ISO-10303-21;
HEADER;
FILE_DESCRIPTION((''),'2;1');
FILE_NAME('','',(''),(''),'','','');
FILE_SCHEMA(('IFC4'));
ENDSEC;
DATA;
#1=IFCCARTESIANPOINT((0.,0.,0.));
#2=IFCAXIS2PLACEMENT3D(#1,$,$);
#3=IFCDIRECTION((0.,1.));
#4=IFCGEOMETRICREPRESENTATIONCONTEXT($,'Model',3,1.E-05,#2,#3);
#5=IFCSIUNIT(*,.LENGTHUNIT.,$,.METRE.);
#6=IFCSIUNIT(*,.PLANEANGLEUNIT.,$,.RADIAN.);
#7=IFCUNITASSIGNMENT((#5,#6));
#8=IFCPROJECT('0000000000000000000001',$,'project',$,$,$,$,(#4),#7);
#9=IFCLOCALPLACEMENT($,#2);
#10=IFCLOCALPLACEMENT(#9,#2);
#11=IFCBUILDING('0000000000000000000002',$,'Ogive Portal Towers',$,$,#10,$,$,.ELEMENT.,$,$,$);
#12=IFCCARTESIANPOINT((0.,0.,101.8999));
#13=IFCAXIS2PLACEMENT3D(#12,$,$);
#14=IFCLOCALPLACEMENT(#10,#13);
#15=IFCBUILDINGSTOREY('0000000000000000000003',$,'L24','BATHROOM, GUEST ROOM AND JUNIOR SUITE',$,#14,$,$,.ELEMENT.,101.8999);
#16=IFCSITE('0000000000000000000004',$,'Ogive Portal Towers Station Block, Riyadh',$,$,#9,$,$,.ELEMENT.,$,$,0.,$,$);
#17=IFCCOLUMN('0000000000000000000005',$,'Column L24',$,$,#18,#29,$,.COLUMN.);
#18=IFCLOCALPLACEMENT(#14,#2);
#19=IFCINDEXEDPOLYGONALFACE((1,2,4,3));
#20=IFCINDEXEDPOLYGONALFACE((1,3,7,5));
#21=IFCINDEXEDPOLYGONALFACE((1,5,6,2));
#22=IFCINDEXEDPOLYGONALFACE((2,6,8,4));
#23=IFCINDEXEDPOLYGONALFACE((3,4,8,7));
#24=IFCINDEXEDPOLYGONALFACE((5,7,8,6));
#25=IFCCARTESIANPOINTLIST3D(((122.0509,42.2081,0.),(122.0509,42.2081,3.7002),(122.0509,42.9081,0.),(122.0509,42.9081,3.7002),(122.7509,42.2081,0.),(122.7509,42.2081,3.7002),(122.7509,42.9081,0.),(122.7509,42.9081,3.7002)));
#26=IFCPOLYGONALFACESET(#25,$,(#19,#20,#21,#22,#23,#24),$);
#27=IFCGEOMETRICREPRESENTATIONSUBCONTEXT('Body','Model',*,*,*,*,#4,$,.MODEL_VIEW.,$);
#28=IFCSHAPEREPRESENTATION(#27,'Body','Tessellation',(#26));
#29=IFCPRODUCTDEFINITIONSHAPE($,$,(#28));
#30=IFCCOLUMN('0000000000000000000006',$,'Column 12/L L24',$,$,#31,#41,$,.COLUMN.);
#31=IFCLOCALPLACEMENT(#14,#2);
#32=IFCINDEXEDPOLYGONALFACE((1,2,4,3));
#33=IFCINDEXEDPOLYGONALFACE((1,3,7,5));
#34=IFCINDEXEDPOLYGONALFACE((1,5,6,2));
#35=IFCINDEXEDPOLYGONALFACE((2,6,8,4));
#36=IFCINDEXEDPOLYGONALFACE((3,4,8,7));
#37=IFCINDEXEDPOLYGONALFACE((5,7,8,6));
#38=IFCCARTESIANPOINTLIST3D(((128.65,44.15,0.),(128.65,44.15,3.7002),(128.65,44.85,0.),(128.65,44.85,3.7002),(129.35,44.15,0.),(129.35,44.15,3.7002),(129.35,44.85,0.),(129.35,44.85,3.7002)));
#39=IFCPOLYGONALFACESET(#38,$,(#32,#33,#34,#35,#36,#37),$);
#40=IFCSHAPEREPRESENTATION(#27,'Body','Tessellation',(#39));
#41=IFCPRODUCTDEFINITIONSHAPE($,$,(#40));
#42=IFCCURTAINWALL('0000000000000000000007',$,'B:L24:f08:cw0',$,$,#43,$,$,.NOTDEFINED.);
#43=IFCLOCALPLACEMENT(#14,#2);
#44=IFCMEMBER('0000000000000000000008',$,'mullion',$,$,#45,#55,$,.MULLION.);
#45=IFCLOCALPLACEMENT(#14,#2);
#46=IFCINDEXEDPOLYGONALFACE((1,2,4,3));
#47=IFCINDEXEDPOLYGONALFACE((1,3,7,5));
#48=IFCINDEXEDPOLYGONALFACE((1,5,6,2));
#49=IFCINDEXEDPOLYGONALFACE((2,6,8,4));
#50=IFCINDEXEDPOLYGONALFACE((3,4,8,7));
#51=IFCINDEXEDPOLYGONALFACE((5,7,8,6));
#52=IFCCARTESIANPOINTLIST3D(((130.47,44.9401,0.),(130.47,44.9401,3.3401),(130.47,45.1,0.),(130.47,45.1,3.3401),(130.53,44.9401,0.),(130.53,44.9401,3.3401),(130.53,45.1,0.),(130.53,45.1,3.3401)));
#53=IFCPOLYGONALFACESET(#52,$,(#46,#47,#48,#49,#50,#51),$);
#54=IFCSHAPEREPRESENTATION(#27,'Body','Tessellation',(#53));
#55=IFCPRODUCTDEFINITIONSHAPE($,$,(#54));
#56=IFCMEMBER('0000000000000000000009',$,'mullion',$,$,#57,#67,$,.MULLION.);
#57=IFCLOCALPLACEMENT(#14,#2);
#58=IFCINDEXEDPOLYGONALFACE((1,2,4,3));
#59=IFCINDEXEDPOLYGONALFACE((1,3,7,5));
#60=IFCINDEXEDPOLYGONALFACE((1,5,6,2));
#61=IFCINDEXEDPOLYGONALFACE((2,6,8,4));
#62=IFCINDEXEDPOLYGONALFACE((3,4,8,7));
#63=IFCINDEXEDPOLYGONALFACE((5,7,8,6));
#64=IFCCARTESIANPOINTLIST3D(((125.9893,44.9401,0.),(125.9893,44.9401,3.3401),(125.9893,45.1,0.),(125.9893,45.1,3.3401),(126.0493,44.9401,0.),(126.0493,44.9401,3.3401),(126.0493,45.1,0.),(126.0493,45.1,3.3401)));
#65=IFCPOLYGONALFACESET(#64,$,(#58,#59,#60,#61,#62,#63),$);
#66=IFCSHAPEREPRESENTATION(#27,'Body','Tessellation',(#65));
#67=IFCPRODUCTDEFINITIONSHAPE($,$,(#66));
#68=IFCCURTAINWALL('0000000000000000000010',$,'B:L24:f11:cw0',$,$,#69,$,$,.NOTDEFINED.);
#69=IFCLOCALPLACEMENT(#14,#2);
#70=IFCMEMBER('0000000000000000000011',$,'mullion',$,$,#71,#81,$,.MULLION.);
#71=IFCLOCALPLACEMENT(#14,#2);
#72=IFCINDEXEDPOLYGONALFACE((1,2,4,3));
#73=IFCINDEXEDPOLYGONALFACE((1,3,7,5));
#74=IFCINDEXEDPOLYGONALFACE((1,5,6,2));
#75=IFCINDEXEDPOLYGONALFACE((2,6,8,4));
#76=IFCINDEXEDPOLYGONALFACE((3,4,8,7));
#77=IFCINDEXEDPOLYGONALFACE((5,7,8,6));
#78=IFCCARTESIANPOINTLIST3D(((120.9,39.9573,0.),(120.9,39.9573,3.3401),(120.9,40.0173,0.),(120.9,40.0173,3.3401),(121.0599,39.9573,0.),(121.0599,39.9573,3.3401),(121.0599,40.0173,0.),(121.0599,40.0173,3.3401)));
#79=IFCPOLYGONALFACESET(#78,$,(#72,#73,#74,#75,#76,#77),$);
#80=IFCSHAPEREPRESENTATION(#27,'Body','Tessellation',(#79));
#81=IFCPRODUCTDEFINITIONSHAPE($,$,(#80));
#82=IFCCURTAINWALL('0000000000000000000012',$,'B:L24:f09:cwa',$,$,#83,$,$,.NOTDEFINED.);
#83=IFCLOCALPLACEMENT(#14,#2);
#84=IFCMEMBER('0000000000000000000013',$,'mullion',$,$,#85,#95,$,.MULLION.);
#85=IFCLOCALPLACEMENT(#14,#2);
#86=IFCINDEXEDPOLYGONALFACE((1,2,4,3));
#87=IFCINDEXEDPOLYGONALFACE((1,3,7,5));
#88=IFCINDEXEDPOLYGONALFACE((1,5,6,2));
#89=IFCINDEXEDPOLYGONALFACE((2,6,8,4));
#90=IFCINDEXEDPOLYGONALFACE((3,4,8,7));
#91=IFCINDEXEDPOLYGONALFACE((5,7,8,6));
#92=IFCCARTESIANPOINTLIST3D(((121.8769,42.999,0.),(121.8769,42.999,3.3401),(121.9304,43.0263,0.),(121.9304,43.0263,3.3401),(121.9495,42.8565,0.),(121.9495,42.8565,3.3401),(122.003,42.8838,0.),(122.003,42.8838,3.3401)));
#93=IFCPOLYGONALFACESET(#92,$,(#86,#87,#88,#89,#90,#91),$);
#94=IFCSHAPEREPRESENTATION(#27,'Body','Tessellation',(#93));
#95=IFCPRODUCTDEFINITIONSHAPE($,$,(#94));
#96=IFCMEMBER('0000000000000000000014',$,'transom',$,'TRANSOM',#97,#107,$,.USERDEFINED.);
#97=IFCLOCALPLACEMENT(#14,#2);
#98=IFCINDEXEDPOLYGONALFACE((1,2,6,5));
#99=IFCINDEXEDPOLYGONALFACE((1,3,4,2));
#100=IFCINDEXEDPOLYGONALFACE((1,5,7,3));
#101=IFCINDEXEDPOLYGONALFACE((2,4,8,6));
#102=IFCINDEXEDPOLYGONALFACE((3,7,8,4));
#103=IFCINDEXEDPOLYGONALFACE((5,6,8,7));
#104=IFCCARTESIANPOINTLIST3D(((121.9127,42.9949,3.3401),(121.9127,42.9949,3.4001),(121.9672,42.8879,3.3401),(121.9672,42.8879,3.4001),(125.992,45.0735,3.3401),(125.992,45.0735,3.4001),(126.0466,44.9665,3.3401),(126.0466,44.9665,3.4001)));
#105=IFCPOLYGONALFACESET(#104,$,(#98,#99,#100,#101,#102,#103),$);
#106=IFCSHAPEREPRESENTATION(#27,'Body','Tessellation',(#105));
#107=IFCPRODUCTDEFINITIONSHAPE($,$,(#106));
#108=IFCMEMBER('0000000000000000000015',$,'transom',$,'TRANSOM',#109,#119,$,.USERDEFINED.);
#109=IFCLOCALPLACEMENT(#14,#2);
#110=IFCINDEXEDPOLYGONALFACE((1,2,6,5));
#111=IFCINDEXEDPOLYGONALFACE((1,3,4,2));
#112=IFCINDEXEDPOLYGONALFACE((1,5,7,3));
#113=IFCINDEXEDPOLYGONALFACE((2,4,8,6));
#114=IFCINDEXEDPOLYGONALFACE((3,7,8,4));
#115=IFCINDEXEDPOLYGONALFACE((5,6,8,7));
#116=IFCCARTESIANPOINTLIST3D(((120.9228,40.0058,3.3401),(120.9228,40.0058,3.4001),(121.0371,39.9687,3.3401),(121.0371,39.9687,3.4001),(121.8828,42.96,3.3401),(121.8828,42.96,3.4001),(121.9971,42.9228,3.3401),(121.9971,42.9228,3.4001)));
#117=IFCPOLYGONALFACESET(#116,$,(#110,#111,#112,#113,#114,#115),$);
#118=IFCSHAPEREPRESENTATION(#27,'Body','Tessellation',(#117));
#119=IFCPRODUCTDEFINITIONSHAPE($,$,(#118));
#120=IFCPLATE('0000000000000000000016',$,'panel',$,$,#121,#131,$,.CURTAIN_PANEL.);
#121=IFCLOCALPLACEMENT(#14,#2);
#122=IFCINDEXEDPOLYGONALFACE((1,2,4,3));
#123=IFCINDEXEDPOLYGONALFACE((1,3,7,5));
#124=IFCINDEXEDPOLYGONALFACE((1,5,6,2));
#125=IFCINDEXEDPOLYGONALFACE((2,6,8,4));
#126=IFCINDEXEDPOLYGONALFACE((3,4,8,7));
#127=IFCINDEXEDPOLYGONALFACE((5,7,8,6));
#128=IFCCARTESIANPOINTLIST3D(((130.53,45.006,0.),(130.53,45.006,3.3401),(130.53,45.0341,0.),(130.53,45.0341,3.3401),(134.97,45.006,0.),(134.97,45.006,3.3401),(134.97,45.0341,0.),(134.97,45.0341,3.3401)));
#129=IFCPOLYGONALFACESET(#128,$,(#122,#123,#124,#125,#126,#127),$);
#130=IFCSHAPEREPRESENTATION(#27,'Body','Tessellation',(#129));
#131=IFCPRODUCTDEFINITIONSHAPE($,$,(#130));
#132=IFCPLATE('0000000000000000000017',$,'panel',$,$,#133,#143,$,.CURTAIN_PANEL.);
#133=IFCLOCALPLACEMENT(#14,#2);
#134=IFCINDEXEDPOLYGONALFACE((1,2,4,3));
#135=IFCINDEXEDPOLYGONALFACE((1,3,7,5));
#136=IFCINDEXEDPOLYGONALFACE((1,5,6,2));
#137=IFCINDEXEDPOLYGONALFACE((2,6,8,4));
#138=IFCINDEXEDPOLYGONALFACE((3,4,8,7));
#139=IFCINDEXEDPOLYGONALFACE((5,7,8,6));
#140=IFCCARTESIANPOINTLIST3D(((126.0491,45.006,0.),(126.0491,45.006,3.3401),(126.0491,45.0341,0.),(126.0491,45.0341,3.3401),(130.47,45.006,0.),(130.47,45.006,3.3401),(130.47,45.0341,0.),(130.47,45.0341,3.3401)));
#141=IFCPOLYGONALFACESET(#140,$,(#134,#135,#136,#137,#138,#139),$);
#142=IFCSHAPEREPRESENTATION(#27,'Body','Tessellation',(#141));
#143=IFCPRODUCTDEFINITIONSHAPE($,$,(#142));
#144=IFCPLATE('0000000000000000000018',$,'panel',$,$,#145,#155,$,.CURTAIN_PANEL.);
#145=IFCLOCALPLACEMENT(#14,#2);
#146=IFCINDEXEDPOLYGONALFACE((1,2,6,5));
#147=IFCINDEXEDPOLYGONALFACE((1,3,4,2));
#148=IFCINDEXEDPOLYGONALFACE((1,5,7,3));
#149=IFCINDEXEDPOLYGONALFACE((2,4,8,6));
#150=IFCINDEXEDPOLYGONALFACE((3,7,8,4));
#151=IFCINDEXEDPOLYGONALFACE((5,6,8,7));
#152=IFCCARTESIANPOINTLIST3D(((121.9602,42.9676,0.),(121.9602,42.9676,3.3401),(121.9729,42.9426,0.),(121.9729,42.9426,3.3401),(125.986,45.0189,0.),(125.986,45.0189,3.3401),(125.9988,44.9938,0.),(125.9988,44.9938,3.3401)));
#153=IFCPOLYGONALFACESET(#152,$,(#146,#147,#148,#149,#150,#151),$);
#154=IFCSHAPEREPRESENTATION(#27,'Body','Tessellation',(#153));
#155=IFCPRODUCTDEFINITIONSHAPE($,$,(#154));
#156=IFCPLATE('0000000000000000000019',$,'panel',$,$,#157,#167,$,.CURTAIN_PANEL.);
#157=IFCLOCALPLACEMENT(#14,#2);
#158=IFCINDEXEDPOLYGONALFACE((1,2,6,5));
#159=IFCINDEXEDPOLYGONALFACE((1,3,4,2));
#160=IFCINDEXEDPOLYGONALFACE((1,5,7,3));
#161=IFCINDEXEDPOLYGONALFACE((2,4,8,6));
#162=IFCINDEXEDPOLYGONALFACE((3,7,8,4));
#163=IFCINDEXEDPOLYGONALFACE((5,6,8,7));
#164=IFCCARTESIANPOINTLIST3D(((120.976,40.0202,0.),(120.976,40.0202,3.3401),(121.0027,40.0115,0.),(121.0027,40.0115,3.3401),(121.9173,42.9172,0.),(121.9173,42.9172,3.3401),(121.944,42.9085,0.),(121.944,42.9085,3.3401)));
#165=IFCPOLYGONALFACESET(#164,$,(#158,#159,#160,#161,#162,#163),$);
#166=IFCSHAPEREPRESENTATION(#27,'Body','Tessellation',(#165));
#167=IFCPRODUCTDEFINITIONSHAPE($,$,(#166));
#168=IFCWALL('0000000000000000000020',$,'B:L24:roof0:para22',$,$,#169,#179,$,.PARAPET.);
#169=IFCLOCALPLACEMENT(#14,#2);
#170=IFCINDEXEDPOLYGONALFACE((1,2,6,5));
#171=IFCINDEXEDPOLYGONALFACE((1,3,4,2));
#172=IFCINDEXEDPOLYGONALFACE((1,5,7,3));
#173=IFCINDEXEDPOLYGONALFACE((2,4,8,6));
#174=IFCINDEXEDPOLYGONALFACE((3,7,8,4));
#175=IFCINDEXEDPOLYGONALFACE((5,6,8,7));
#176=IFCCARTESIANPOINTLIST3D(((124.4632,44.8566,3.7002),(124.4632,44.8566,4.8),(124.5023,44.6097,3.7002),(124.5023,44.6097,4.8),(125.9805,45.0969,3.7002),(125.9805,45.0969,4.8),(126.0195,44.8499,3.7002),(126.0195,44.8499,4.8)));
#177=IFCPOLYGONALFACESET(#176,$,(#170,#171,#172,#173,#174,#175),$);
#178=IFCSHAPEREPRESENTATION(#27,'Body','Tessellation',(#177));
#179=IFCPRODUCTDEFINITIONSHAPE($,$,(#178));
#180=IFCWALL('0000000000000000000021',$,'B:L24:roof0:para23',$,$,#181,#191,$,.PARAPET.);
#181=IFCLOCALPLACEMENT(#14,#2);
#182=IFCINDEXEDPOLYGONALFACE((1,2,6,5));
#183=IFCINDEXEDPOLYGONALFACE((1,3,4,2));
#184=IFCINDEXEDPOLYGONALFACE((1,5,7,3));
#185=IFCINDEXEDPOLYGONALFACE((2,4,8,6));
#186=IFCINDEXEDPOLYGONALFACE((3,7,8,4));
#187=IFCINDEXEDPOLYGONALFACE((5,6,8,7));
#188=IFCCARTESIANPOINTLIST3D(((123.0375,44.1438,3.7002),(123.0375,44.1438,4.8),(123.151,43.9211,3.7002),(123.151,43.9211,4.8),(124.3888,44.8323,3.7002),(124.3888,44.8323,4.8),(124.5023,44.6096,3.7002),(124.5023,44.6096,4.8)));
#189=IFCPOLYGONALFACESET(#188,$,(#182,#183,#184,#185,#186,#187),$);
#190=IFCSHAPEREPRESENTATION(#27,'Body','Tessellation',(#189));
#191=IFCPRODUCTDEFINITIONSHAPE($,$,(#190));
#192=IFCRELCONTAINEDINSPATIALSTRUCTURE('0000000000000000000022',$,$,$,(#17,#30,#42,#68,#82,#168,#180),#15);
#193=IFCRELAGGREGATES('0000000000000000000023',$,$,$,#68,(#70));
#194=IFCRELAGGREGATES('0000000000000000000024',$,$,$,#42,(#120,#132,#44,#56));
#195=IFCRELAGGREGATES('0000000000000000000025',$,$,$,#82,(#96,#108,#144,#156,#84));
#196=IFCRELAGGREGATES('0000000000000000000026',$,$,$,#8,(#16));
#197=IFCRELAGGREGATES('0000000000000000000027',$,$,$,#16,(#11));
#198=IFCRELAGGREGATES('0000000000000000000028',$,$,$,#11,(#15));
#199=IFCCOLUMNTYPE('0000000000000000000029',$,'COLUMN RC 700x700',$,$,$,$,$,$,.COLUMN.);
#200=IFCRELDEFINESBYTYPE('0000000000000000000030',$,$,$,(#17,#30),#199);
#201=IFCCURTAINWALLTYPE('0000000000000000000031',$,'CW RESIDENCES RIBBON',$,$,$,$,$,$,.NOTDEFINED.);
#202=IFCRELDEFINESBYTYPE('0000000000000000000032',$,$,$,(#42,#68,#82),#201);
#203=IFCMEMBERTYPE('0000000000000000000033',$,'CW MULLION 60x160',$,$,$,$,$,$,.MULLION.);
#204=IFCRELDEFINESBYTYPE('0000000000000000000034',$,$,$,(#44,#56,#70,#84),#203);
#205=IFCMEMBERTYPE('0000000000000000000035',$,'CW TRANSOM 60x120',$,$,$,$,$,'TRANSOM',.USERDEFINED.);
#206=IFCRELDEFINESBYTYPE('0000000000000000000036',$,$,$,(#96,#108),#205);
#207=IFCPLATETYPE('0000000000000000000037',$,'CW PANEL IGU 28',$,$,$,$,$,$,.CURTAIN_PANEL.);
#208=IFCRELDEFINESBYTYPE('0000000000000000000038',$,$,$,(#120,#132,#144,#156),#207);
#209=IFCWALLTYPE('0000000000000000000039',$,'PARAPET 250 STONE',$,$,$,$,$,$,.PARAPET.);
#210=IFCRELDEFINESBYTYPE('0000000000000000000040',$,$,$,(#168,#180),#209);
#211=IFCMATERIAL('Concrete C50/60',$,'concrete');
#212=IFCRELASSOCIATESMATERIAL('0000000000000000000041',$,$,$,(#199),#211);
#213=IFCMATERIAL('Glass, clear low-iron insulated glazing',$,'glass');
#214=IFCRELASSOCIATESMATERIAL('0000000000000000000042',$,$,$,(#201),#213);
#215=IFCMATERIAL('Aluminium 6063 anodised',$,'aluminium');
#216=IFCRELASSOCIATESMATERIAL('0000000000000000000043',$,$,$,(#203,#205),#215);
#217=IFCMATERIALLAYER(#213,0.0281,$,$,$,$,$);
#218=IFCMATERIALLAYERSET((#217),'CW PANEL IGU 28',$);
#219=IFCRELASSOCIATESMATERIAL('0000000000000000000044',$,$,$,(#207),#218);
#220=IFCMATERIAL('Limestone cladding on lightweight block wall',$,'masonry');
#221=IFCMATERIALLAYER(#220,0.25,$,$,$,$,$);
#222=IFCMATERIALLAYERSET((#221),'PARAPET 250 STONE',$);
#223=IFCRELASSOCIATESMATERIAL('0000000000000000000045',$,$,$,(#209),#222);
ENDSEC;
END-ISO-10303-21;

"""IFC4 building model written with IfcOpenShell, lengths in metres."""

from ifc_helpers import new_model, si_unit, direction, frame, frame_2d, origin, origin_2d, place, context, subcontext, project, spatial, rectangle, extrude, material, layer, layer_set, material_profile, profile_set, type_object, element, aggregate, save


model = new_model("IFC4")

# Units and contexts
model_context = context("Model", 3, precision=1e-05, world=origin(), true_north=direction((0.0, 1.0)))
body_context = subcontext(model_context, "Body", "Model", "MODEL_VIEW")
ifc_project = project(units=[si_unit("LENGTHUNIT", "METRE"), si_unit("PLANEANGLEUNIT", "RADIAN")], contexts=[model_context])

# Site, building, storey
site_placement = place(None, origin())
site = spatial("IfcSite", under=ifc_project, at=site_placement, Name="Ogive Portal Towers Station Block, Riyadh", CompositionType="ELEMENT", RefElevation=0.0)
building_placement = place(site_placement, origin())
building = spatial("IfcBuilding", under=site, at=building_placement, Name="Ogive Portal Towers", CompositionType="ELEMENT")
storey_placement = place(building_placement, frame((0.0, 0.0, 101.8999)))
storey = spatial("IfcBuildingStorey", under=building, at=storey_placement, Name="L24", Description="BATHROOM, GUEST ROOM AND JUNIOR SUITE", CompositionType="ELEMENT", Elevation=101.8999)

# Columns
ifc_material_1 = material(Name="Concrete C50/60", Category="concrete")
ifc_material_profile_1 = material_profile(ifc_material_1, rectangle(XDim=0.7, YDim=0.7, at=origin_2d()), Name="RC 700x700")
ifc_profile_set_1 = profile_set([ifc_material_profile_1], Name="Concrete C50/60")
column_type = type_object("IfcColumnType", Name="COLUMN RC 700x700", PredefinedType="COLUMN", material=ifc_profile_set_1)
for number, where, z_axis, x_axis, name in (
    (1, (122.4009, 42.5581, 0.0), (0.0, 0.0, 1.0), (1.0, 0.0, 0.0), "Column L24"),
    (2, (129.0, 44.5, 0.0), (0.0, 0.0, 1.0), (1.0, 0.0, 0.0), "Column 12/L L24"),
):
    element("IfcColumn", number, at=place(storey_placement, frame(where, z_axis=z_axis, x_axis=x_axis)), inside=storey, type_object=column_type, Name=name, PredefinedType="COLUMN", context=body_context, shape_type="SweptSolid", body=[
        extrude(rectangle(XDim=0.7, YDim=0.7, at=origin_2d()), origin(), (0.0, 0.0, 1.0), 3.7002),
    ])

# Curtain wall, members
ifc_material_2 = material(Name="Glass, clear low-iron insulated glazing", Category="glass")
curtain_wall_type = type_object("IfcCurtainWallType", Name="CW RESIDENCES RIBBON", PredefinedType="NOTDEFINED", material=ifc_material_2)
curtain_wall_1_placement = place(storey_placement, origin())
curtain_wall_1 = element("IfcCurtainWall", 3, at=curtain_wall_1_placement, inside=storey, type_object=curtain_wall_type, Name="B:L24:f08:cw0", PredefinedType="NOTDEFINED")
ifc_material_3 = material(Name="Aluminium 6063 anodised", Category="aluminium")
ifc_material_profile_2 = material_profile(ifc_material_3, rectangle(XDim=0.1599, YDim=0.0601, at=origin_2d()), Name="AL 60x160")
ifc_profile_set_2 = profile_set([ifc_material_profile_2], Name="Aluminium 6063 anodised")
member_type_1 = type_object("IfcMemberType", Name="CW MULLION 60x160", PredefinedType="MULLION", material=ifc_profile_set_2)
member_1_placement = place(storey_placement, frame((130.5, 45.02, 0.0), z_axis=(0.0, 0.0, 1.0), x_axis=(0.0, -1.0, 0.0)))
member_1 = element("IfcMember", 4, at=member_1_placement, type_object=member_type_1, Name="mullion", PredefinedType="MULLION", context=body_context, shape_type="SweptSolid", body=[
    extrude(rectangle(XDim=0.1599, YDim=0.0601, at=origin_2d()), origin(), (0.0, 0.0, 1.0), 3.3401),
])
member_2_placement = place(storey_placement, frame((126.0193, 45.02, 0.0), z_axis=(0.0, 0.0, 1.0), x_axis=(0.0, -1.0, 0.0)))
member_2 = element("IfcMember", 5, at=member_2_placement, type_object=member_type_1, Name="mullion", PredefinedType="MULLION", context=body_context, shape_type="SweptSolid", body=[
    extrude(rectangle(XDim=0.1599, YDim=0.0601, at=origin_2d()), origin(), (0.0, 0.0, 1.0), 3.3401),
])

# Curtain wall, member
curtain_wall_2_placement = place(storey_placement, origin())
curtain_wall_2 = element("IfcCurtainWall", 6, at=curtain_wall_2_placement, inside=storey, type_object=curtain_wall_type, Name="B:L24:f11:cw0", PredefinedType="NOTDEFINED")
member_3_placement = place(storey_placement, frame((120.98, 39.9873, 0.0), z_axis=(0.0, 0.0, 1.0), x_axis=(1.0, 0.0, 0.0)))
member_3 = element("IfcMember", 7, at=member_3_placement, type_object=member_type_1, Name="mullion", PredefinedType="MULLION", context=body_context, shape_type="SweptSolid", body=[
    extrude(rectangle(XDim=0.1599, YDim=0.0601, at=origin_2d()), origin(), (0.0, 0.0, 1.0), 3.3401),
])
aggregate(curtain_wall_2, [member_3])

# Curtain wall, members
curtain_wall_3_placement = place(storey_placement, origin())
curtain_wall_3 = element("IfcCurtainWall", 8, at=curtain_wall_3_placement, inside=storey, type_object=curtain_wall_type, Name="B:L24:f09:cwa", PredefinedType="NOTDEFINED")
member_4_placement = place(storey_placement, frame((121.9399, 42.9414, 0.0), z_axis=(0.0, 0.0, 1.0), x_axis=(0.45399, -0.891007, 0.0)))
member_4 = element("IfcMember", 9, at=member_4_placement, type_object=member_type_1, Name="mullion", PredefinedType="MULLION", context=body_context, shape_type="SweptSolid", body=[
    extrude(rectangle(XDim=0.1599, YDim=0.0601, at=origin_2d()), origin(), (0.0, 0.0, 1.0), 3.3401),
])
ifc_material_profile_3 = material_profile(ifc_material_3, rectangle(XDim=0.1201, YDim=0.0601, at=origin_2d()), Name="AL 120x60")
ifc_profile_set_3 = profile_set([ifc_material_profile_3], Name="Aluminium 6063 anodised")
member_type_2 = type_object("IfcMemberType", Name="CW TRANSOM 60x120", ElementType="TRANSOM", PredefinedType="USERDEFINED", material=ifc_profile_set_3)
member_5_placement = place(storey_placement, frame((126.0193, 45.02, 3.3701), z_axis=(-0.890999, -0.454005, 0.0), x_axis=(0.454005, -0.890999, 0.0)))
member_5 = element("IfcMember", 10, at=member_5_placement, type_object=member_type_2, Name="transom", ObjectType="TRANSOM", PredefinedType="USERDEFINED", context=body_context, shape_type="SweptSolid", body=[
    extrude(rectangle(XDim=0.1201, YDim=0.0601, at=origin_2d()), origin(), (0.0, 0.0, 1.0), 4.5784),
])
member_6_placement = place(storey_placement, frame((121.9399, 42.9414, 3.3701), z_axis=(-0.309051, -0.951046, 0.0), x_axis=(0.951046, -0.309051, 0.0)))
member_6 = element("IfcMember", 11, at=member_6_placement, type_object=member_type_2, Name="transom", ObjectType="TRANSOM", PredefinedType="USERDEFINED", context=body_context, shape_type="SweptSolid", body=[
    extrude(rectangle(XDim=0.1201, YDim=0.0601, at=origin_2d()), origin(), (0.0, 0.0, 1.0), 3.1062),
])

# Plates
ifc_layer_1 = layer(ifc_material_2, 0.0281)
ifc_layer_set_1 = layer_set([ifc_layer_1], Name="CW PANEL IGU 28")
plate_type = type_object("IfcPlateType", Name="CW PANEL IGU 28", PredefinedType="CURTAIN_PANEL", material=ifc_layer_set_1)
plate_1_placement = place(storey_placement, frame((132.75, 45.02, 0.0), z_axis=(0.0, 0.0, 1.0), x_axis=(-1.0, 0.0, 0.0)))
plate_1 = element("IfcPlate", 12, at=plate_1_placement, type_object=plate_type, Name="panel", PredefinedType="CURTAIN_PANEL", context=body_context, shape_type="SweptSolid", body=[
    extrude(rectangle(XDim=4.4399, YDim=0.0281, at=origin_2d()), origin(), (0.0, 0.0, 1.0), 3.3401),
])
plate_2_placement = place(storey_placement, frame((128.2595, 45.02, 0.0), z_axis=(0.0, 0.0, 1.0), x_axis=(-1.0, 0.0, 0.0)))
plate_2 = element("IfcPlate", 13, at=plate_2_placement, type_object=plate_type, Name="panel", PredefinedType="CURTAIN_PANEL", context=body_context, shape_type="SweptSolid", body=[
    extrude(rectangle(XDim=4.4209, YDim=0.0281, at=origin_2d()), origin(), (0.0, 0.0, 1.0), 3.3401),
])
aggregate(curtain_wall_1, [plate_1, plate_2, member_1, member_2])
plate_3_placement = place(storey_placement, frame((123.9795, 43.9807, 0.0), z_axis=(0.0, 0.0, 1.0), x_axis=(-0.891007, -0.45399, 0.0)))
plate_3 = element("IfcPlate", 14, at=plate_3_placement, type_object=plate_type, Name="panel", PredefinedType="CURTAIN_PANEL", context=body_context, shape_type="SweptSolid", body=[
    extrude(rectangle(XDim=4.5183, YDim=0.0281, at=origin_2d()), origin(), (0.0, 0.0, 1.0), 3.3401),
])
plate_4_placement = place(storey_placement, frame((121.46, 41.4644, 0.0), z_axis=(0.0, 0.0, 1.0), x_axis=(-0.309017, -0.951057, 0.0)))
plate_4 = element("IfcPlate", 15, at=plate_4_placement, type_object=plate_type, Name="panel", PredefinedType="CURTAIN_PANEL", context=body_context, shape_type="SweptSolid", body=[
    extrude(rectangle(XDim=3.0461, YDim=0.0281, at=origin_2d()), origin(), (0.0, 0.0, 1.0), 3.3401),
])
aggregate(curtain_wall_3, [member_5, member_6, plate_3, plate_4, member_4])

# Walls
ifc_material_4 = material(Name="Limestone cladding on lightweight block wall", Category="masonry")
ifc_layer_2 = layer(ifc_material_4, 0.25)
ifc_layer_set_2 = layer_set([ifc_layer_2], Name="PARAPET 250 STONE")
wall_type = type_object("IfcWallType", Name="PARAPET 250 STONE", PredefinedType="PARAPET", material=ifc_layer_set_2)
wall_1_placement = place(storey_placement, frame((126.0, 44.9734, 3.7002), z_axis=(0.0, 0.0, 1.0), x_axis=(-0.987697, -0.156379, 0.0)))
element("IfcWall", 16, at=wall_1_placement, inside=storey, type_object=wall_type, Name="B:L24:roof0:para22", PredefinedType="PARAPET", context=body_context, shape_type="SweptSolid", body=[
    extrude(rectangle(XDim=1.5361, YDim=0.25, at=frame_2d((0.7681, 0.0))), origin(), (0.0, 0.0, 1.0), 1.0999),
])
wall_2_placement = place(storey_placement, frame((124.4456, 44.7209, 3.7002), z_axis=(0.0, 0.0, 1.0), x_axis=(-0.891021, -0.453962, 0.0)))
element("IfcWall", 17, at=wall_2_placement, inside=storey, type_object=wall_type, Name="B:L24:roof0:para23", PredefinedType="PARAPET", context=body_context, shape_type="SweptSolid", body=[
    extrude(rectangle(XDim=1.5166, YDim=0.25, at=frame_2d((0.7583, 0.0))), origin(), (0.0, 0.0, 1.0), 1.0999),
])

save(model, "model.ifc")
